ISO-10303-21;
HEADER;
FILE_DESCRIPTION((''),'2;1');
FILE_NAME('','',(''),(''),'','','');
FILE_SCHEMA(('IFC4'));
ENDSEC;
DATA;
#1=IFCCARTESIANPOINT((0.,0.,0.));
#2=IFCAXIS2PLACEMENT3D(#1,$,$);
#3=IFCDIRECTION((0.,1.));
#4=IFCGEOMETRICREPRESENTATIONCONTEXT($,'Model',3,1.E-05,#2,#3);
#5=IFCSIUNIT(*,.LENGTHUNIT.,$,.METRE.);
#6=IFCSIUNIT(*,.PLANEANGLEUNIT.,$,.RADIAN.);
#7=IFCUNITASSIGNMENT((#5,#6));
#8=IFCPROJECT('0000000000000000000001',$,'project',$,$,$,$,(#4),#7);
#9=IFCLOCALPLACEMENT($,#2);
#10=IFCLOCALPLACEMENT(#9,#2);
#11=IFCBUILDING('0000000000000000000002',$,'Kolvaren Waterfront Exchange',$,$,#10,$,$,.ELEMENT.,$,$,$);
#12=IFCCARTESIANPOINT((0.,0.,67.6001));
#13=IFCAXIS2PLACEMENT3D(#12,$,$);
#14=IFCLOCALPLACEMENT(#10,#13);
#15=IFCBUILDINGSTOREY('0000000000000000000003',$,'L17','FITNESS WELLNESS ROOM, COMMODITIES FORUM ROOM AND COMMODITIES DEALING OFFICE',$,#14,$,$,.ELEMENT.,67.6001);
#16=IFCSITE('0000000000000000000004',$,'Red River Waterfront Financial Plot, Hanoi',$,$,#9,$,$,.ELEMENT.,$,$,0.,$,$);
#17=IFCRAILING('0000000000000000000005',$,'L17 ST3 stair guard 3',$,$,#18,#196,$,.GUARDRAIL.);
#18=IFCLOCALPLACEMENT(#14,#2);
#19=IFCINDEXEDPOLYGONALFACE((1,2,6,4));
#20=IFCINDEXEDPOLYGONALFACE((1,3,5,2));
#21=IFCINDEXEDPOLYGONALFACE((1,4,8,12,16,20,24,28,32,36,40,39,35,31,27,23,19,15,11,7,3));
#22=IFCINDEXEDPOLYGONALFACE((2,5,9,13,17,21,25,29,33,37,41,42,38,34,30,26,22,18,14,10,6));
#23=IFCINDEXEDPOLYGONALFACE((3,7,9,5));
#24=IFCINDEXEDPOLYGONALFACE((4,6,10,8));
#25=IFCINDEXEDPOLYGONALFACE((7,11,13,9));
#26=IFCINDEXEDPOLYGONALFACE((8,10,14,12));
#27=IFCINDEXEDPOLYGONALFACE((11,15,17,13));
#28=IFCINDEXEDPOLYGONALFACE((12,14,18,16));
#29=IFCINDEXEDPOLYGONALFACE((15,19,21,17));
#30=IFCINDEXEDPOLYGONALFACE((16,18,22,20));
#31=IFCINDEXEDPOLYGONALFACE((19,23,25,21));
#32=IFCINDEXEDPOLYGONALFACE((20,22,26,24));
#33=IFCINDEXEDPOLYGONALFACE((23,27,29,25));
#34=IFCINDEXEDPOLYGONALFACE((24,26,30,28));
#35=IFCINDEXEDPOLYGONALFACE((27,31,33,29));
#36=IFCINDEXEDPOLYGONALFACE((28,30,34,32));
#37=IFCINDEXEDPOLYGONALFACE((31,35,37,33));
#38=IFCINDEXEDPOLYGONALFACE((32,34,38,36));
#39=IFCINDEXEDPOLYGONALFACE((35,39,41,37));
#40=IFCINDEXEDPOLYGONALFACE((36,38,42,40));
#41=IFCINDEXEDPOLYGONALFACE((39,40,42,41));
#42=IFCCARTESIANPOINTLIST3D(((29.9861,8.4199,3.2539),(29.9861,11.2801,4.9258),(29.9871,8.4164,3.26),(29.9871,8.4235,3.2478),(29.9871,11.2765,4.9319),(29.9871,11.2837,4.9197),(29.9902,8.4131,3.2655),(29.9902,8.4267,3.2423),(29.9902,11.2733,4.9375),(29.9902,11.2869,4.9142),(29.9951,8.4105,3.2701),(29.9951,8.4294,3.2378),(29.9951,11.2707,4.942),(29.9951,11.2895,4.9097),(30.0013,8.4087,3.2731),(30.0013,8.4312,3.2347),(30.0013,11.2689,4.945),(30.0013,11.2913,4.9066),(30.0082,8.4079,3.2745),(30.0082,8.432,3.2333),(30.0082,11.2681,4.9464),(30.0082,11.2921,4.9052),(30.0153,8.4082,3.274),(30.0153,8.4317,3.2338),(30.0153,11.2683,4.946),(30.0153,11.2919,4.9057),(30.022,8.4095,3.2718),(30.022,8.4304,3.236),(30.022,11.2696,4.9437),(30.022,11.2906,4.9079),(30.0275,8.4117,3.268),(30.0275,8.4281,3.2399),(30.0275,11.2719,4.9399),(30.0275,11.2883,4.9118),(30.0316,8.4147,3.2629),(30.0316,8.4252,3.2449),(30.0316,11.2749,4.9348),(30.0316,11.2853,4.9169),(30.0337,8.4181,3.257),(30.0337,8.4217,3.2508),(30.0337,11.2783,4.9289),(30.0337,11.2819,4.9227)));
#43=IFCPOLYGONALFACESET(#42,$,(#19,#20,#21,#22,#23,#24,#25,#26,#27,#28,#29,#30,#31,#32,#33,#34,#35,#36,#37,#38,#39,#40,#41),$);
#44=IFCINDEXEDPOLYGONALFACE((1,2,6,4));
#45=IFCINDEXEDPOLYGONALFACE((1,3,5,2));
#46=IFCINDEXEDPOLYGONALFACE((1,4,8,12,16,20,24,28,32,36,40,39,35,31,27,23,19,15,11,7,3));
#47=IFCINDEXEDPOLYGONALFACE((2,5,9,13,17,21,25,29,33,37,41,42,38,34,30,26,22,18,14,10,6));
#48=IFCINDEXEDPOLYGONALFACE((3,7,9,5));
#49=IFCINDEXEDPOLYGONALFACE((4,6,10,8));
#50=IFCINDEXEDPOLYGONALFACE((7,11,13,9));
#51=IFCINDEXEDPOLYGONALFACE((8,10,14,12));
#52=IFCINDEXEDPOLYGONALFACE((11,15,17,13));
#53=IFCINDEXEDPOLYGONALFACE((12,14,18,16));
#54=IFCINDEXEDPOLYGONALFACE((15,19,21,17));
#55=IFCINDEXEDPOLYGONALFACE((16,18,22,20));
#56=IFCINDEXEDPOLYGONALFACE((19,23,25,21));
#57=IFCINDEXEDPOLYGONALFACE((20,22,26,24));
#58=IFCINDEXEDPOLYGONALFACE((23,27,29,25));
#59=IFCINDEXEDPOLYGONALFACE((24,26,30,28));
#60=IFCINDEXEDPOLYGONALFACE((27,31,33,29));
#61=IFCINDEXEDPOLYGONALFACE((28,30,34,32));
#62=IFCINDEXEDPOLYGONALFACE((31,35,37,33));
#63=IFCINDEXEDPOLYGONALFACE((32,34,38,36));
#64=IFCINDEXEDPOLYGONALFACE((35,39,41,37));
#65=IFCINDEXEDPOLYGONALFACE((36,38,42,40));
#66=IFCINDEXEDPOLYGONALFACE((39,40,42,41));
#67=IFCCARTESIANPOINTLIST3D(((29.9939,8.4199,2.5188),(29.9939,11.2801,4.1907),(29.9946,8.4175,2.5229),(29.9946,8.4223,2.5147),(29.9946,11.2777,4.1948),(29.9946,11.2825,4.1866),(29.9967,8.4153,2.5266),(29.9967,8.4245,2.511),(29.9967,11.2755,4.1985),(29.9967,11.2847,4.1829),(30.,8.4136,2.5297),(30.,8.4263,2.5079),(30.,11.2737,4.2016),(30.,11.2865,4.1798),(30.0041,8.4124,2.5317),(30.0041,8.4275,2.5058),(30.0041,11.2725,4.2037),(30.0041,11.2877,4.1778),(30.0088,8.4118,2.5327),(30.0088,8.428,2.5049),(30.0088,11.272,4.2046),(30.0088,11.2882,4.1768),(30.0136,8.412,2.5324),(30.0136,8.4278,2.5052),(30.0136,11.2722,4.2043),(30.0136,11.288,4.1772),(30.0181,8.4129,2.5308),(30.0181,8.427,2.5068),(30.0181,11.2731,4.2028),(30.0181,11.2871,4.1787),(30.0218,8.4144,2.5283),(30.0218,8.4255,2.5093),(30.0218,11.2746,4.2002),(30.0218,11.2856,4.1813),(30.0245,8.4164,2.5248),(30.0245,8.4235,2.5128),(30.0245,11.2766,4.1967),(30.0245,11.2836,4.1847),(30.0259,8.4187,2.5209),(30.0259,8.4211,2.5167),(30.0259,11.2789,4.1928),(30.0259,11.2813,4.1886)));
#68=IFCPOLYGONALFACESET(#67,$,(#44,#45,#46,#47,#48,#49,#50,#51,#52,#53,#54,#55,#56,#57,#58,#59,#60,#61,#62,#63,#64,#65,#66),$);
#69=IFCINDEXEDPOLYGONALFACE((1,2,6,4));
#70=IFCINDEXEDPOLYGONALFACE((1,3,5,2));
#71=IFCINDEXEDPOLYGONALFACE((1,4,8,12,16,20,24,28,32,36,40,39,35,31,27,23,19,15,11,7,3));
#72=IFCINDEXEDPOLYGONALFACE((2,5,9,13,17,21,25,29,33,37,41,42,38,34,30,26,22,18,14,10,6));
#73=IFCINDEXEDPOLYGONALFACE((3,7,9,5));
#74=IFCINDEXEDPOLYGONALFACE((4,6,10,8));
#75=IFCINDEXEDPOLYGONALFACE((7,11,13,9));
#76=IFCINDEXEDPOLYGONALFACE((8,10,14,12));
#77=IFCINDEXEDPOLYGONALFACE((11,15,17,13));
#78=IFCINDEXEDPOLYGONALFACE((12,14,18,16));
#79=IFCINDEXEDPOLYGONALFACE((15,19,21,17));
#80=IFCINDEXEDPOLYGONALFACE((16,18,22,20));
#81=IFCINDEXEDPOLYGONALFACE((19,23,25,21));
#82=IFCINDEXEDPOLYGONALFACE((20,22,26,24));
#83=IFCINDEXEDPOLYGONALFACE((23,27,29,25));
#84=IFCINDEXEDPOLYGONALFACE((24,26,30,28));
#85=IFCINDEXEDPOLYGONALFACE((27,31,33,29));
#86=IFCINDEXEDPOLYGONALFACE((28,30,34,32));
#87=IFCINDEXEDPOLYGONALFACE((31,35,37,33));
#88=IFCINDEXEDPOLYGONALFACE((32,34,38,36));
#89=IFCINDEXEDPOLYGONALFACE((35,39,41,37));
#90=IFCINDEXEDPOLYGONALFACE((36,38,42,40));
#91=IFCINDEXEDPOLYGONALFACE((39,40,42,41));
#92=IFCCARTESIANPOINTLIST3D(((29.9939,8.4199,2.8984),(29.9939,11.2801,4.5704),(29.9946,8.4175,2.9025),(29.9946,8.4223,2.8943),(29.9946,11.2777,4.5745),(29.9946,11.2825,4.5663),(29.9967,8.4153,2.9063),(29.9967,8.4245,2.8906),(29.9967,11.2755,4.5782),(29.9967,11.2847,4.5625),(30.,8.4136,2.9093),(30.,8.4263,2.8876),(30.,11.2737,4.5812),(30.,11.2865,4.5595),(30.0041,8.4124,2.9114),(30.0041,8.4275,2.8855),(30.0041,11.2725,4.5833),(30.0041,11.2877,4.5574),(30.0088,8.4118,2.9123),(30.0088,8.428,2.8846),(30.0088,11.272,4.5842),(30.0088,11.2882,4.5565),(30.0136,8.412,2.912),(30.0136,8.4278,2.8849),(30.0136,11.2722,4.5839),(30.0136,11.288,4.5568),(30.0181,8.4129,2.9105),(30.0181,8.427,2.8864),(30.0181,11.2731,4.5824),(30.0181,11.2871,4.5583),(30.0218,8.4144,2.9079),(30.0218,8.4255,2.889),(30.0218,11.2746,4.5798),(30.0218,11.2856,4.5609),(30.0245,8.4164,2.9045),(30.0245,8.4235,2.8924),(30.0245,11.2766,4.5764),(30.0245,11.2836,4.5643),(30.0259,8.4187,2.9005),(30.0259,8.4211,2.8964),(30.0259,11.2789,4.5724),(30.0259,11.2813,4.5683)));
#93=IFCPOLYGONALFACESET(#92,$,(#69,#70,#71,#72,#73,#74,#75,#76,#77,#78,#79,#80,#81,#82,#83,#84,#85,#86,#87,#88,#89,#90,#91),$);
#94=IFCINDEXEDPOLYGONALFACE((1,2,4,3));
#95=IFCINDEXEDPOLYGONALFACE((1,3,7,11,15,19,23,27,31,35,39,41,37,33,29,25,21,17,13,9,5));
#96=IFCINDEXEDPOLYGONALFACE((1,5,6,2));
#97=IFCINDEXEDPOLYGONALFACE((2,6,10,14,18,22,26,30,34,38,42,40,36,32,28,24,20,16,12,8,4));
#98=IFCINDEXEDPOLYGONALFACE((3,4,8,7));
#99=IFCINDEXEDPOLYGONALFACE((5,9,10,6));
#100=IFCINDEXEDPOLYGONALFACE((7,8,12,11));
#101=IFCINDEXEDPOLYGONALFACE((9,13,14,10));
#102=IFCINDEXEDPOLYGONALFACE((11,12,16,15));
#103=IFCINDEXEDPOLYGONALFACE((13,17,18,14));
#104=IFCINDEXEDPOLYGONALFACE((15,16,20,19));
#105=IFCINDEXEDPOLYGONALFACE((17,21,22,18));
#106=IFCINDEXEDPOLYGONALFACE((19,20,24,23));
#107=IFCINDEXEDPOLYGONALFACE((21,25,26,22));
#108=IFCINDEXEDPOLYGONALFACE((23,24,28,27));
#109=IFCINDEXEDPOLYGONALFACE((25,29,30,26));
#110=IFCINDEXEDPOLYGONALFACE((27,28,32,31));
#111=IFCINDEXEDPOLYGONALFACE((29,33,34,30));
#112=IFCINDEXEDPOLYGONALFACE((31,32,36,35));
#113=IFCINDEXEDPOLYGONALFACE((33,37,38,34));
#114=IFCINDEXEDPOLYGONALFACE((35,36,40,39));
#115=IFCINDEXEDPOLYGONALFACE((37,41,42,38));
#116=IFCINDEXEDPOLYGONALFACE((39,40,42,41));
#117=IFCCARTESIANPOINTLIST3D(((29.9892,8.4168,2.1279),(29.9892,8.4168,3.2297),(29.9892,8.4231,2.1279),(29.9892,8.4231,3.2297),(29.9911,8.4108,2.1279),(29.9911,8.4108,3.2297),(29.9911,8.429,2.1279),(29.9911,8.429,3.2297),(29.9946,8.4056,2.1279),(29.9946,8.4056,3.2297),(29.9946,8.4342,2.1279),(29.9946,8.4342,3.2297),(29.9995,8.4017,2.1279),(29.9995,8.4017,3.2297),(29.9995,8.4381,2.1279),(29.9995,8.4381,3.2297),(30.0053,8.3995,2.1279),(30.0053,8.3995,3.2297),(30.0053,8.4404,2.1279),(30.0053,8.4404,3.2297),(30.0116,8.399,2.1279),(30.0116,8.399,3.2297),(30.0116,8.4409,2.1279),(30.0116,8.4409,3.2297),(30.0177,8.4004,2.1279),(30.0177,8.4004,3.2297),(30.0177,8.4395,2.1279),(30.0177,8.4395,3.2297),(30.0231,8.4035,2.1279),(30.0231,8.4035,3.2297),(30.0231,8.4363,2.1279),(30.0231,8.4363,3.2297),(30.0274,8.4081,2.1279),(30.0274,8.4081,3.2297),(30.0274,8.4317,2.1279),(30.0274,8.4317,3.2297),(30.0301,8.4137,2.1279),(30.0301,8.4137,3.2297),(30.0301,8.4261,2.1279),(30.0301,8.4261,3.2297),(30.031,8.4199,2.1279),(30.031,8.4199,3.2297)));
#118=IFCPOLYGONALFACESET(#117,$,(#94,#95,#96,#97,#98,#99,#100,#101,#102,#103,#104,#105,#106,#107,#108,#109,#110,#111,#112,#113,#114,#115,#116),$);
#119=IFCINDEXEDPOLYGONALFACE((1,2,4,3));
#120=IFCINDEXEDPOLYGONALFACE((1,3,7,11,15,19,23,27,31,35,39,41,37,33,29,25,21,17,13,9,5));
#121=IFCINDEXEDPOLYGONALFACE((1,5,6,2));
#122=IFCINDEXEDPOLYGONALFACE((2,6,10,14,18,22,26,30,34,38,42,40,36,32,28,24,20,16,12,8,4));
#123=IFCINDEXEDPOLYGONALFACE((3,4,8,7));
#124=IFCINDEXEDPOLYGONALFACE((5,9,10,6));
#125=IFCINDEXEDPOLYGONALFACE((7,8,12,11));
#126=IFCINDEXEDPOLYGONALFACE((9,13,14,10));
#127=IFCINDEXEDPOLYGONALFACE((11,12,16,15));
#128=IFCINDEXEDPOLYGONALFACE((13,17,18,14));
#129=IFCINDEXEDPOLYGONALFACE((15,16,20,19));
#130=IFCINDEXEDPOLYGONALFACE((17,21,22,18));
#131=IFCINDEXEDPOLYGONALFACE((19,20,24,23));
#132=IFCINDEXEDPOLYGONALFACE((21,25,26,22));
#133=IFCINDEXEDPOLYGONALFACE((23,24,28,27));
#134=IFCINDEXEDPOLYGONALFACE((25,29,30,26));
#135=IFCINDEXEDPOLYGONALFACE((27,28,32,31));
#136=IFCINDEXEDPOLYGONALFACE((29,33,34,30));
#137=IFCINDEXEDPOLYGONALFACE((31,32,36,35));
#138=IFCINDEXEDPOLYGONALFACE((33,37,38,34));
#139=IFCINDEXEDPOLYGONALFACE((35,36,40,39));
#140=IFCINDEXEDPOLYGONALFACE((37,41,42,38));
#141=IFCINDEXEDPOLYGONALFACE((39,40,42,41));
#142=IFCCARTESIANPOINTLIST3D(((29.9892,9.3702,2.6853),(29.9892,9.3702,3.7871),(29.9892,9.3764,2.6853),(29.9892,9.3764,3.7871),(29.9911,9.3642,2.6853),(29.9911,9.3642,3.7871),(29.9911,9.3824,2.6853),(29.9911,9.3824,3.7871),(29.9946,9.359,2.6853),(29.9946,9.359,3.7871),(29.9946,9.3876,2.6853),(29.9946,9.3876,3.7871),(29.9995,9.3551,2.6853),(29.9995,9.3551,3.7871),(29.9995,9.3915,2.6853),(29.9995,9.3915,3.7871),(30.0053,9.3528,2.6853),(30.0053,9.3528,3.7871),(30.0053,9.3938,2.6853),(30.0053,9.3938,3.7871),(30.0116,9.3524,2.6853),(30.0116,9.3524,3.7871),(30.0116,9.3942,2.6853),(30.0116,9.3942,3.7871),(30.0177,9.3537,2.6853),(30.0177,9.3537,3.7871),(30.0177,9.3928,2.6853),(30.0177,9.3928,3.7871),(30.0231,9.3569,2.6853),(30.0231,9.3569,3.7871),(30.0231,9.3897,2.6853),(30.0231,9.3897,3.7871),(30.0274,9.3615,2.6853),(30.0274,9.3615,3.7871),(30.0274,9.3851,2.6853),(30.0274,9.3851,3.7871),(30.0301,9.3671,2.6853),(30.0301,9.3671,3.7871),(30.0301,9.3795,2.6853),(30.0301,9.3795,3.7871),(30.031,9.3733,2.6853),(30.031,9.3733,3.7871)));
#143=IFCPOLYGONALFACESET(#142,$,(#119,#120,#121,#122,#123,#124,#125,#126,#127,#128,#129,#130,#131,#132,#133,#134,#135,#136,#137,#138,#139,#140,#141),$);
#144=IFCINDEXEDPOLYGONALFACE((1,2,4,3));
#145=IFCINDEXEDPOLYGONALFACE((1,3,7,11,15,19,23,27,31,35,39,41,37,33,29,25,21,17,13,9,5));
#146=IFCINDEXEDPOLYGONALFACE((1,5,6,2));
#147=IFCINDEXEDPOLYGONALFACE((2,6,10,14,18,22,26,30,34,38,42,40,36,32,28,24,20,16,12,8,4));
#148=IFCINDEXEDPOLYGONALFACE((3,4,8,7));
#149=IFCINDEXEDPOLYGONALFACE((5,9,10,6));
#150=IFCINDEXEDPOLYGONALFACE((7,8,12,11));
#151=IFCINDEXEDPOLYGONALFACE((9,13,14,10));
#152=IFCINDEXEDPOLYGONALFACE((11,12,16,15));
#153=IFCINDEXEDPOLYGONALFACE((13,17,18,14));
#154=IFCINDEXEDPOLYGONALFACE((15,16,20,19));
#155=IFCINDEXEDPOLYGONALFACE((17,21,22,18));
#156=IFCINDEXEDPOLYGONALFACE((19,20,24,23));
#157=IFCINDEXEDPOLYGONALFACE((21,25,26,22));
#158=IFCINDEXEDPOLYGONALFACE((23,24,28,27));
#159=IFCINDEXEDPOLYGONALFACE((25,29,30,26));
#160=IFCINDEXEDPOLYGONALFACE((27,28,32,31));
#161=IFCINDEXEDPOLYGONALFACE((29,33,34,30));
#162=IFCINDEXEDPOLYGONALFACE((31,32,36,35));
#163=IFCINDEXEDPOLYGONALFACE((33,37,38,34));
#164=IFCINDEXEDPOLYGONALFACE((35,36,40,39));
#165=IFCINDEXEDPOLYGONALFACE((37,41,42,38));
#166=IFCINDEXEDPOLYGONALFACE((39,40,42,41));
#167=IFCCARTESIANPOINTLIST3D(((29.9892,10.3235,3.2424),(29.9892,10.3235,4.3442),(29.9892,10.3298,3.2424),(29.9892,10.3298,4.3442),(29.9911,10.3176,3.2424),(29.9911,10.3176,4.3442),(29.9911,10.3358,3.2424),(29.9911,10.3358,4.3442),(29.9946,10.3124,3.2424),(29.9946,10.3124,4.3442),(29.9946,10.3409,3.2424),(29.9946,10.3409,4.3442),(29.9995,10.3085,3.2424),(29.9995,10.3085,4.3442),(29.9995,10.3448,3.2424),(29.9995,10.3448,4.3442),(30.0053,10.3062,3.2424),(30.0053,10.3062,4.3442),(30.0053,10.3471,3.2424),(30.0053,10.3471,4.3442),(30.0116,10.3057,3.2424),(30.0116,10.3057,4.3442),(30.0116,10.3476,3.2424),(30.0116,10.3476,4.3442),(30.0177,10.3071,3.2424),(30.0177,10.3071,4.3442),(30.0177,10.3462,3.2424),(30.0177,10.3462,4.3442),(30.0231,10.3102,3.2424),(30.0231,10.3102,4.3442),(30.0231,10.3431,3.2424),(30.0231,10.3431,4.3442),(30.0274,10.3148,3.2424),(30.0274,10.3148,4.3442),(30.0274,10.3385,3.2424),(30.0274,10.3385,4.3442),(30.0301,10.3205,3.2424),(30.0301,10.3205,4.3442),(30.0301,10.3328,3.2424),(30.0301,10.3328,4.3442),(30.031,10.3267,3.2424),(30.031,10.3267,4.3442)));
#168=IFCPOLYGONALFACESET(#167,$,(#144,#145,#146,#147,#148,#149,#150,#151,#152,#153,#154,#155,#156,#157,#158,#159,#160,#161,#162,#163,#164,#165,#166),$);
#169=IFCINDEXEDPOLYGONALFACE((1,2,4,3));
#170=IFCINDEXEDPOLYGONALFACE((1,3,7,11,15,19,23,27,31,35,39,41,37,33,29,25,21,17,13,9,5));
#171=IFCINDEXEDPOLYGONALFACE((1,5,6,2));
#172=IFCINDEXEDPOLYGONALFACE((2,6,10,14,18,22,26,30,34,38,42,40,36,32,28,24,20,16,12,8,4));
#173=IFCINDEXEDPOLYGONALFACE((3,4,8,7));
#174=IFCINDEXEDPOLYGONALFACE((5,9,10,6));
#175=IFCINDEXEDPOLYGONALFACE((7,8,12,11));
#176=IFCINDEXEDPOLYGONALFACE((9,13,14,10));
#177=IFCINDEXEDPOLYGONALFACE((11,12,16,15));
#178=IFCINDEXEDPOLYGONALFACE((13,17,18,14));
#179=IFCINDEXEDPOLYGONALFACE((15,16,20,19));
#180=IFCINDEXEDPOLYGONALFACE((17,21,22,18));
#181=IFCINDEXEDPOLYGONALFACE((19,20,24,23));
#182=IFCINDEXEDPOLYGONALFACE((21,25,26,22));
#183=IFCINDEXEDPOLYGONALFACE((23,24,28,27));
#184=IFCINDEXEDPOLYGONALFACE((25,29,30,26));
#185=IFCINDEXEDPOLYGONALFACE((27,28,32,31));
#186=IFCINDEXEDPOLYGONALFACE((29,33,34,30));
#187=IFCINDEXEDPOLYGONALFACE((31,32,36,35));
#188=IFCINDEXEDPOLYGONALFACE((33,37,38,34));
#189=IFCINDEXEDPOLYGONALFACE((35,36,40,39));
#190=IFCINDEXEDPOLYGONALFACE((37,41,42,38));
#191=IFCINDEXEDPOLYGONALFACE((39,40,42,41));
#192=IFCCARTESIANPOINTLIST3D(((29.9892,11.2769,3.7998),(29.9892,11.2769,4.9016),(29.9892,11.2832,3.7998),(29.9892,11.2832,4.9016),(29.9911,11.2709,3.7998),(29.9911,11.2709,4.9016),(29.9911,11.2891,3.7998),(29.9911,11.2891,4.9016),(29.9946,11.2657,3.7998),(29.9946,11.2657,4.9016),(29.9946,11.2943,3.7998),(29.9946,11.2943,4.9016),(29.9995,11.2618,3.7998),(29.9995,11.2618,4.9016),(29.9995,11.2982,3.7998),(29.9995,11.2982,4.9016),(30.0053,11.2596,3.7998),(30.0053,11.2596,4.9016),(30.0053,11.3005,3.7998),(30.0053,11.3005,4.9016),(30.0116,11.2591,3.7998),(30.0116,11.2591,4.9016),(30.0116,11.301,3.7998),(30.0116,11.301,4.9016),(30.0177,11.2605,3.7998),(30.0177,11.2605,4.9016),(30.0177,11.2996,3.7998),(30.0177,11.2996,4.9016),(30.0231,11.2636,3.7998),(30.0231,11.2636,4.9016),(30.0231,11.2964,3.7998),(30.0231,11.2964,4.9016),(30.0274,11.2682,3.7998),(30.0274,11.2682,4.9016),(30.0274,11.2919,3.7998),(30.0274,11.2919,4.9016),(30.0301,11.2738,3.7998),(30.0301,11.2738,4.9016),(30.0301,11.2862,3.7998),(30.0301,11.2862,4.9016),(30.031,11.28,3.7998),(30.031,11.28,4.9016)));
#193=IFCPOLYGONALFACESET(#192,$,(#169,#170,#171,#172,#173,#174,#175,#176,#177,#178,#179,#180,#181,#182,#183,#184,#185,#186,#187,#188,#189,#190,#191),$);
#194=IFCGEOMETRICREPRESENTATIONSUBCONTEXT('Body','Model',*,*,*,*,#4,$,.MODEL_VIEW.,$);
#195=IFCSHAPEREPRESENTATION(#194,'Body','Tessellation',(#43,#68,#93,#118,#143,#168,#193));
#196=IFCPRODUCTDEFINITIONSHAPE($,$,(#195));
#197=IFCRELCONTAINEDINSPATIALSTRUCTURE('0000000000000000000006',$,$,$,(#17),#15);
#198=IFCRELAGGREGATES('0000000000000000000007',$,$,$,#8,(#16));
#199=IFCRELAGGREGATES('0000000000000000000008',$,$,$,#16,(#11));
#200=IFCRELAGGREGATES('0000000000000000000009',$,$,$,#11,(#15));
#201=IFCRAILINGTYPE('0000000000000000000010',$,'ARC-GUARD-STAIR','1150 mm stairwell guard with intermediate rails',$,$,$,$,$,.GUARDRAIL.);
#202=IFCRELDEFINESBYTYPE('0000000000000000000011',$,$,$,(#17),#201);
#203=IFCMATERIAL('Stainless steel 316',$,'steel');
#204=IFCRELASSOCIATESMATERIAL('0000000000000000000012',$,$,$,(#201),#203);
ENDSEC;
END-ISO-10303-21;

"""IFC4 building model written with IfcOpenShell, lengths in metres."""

from ifc_helpers import new_model, si_unit, direction, frame, origin, origin_2d, place, context, subcontext, project, spatial, circle, extrude, material, type_object, element, save


model = new_model("IFC4")

# Units and contexts
model_context = context("Model", 3, precision=1e-05, world=origin(), true_north=direction((0.0, 1.0)))
body_context = subcontext(model_context, "Body", "Model", "MODEL_VIEW")
ifc_project = project(units=[si_unit("LENGTHUNIT", "METRE"), si_unit("PLANEANGLEUNIT", "RADIAN")], contexts=[model_context])

# Site, building, storey
site_placement = place(None, origin())
site = spatial("IfcSite", under=ifc_project, at=site_placement, Name="Red River Waterfront Financial Plot, Hanoi", CompositionType="ELEMENT", RefElevation=0.0)
building_placement = place(site_placement, origin())
building = spatial("IfcBuilding", under=site, at=building_placement, Name="Kolvaren Waterfront Exchange", CompositionType="ELEMENT")
storey_placement = place(building_placement, frame((0.0, 0.0, 67.6001)))
storey = spatial("IfcBuildingStorey", under=building, at=storey_placement, Name="L17", Description="FITNESS WELLNESS ROOM, COMMODITIES FORUM ROOM AND COMMODITIES DEALING OFFICE", CompositionType="ELEMENT", Elevation=67.6001)

# Railing
ifc_material_1 = material(Name="Stainless steel 316", Category="steel")
railing_type_1 = type_object("IfcRailingType", Name="ARC-GUARD-STAIR", Description="1150 mm stairwell guard with intermediate rails", PredefinedType="GUARDRAIL", material=ifc_material_1)
railing_1_placement = place(storey_placement, frame((30.01, 8.4199, 2.1279)))
element("IfcRailing", 1, at=railing_1_placement, inside=storey, type_object=railing_type_1, Name="L17 ST3 stair guard 3", PredefinedType="GUARDRAIL", context=body_context, shape_type="SweptSolid", body=[
    extrude(circle(Radius=0.0239, at=origin_2d()), frame((0.0, 0.0, 1.126), z_axis=(0.0, 0.863321, 0.504654), x_axis=(-1.0, 0.0, 0.0)), (0.0, 0.0, 1.0), 3.313),
    extrude(circle(Radius=0.0161, at=origin_2d()), frame((0.0, 0.0, 0.3909), z_axis=(0.0, 0.863321, 0.504654), x_axis=(-1.0, 0.0, 0.0)), (0.0, 0.0, 1.0), 3.313),
    extrude(circle(Radius=0.0161, at=origin_2d()), frame((0.0, 0.0, 0.7705), z_axis=(0.0, 0.863321, 0.504654), x_axis=(-1.0, 0.0, 0.0)), (0.0, 0.0, 1.0), 3.313),
    extrude(circle(Radius=0.021, at=origin_2d()), origin(), (0.0, 0.0, 1.0), 1.1018),
    extrude(circle(Radius=0.021, at=origin_2d()), frame((0.0, 0.9534, 0.5574)), (0.0, 0.0, 1.0), 1.1018),
    extrude(circle(Radius=0.021, at=origin_2d()), frame((0.0, 1.9067, 1.1145)), (0.0, 0.0, 1.0), 1.1018),
    extrude(circle(Radius=0.021, at=origin_2d()), frame((0.0, 2.8601, 1.6719)), (0.0, 0.0, 1.0), 1.1018),
])

save(model, "model.ifc")
